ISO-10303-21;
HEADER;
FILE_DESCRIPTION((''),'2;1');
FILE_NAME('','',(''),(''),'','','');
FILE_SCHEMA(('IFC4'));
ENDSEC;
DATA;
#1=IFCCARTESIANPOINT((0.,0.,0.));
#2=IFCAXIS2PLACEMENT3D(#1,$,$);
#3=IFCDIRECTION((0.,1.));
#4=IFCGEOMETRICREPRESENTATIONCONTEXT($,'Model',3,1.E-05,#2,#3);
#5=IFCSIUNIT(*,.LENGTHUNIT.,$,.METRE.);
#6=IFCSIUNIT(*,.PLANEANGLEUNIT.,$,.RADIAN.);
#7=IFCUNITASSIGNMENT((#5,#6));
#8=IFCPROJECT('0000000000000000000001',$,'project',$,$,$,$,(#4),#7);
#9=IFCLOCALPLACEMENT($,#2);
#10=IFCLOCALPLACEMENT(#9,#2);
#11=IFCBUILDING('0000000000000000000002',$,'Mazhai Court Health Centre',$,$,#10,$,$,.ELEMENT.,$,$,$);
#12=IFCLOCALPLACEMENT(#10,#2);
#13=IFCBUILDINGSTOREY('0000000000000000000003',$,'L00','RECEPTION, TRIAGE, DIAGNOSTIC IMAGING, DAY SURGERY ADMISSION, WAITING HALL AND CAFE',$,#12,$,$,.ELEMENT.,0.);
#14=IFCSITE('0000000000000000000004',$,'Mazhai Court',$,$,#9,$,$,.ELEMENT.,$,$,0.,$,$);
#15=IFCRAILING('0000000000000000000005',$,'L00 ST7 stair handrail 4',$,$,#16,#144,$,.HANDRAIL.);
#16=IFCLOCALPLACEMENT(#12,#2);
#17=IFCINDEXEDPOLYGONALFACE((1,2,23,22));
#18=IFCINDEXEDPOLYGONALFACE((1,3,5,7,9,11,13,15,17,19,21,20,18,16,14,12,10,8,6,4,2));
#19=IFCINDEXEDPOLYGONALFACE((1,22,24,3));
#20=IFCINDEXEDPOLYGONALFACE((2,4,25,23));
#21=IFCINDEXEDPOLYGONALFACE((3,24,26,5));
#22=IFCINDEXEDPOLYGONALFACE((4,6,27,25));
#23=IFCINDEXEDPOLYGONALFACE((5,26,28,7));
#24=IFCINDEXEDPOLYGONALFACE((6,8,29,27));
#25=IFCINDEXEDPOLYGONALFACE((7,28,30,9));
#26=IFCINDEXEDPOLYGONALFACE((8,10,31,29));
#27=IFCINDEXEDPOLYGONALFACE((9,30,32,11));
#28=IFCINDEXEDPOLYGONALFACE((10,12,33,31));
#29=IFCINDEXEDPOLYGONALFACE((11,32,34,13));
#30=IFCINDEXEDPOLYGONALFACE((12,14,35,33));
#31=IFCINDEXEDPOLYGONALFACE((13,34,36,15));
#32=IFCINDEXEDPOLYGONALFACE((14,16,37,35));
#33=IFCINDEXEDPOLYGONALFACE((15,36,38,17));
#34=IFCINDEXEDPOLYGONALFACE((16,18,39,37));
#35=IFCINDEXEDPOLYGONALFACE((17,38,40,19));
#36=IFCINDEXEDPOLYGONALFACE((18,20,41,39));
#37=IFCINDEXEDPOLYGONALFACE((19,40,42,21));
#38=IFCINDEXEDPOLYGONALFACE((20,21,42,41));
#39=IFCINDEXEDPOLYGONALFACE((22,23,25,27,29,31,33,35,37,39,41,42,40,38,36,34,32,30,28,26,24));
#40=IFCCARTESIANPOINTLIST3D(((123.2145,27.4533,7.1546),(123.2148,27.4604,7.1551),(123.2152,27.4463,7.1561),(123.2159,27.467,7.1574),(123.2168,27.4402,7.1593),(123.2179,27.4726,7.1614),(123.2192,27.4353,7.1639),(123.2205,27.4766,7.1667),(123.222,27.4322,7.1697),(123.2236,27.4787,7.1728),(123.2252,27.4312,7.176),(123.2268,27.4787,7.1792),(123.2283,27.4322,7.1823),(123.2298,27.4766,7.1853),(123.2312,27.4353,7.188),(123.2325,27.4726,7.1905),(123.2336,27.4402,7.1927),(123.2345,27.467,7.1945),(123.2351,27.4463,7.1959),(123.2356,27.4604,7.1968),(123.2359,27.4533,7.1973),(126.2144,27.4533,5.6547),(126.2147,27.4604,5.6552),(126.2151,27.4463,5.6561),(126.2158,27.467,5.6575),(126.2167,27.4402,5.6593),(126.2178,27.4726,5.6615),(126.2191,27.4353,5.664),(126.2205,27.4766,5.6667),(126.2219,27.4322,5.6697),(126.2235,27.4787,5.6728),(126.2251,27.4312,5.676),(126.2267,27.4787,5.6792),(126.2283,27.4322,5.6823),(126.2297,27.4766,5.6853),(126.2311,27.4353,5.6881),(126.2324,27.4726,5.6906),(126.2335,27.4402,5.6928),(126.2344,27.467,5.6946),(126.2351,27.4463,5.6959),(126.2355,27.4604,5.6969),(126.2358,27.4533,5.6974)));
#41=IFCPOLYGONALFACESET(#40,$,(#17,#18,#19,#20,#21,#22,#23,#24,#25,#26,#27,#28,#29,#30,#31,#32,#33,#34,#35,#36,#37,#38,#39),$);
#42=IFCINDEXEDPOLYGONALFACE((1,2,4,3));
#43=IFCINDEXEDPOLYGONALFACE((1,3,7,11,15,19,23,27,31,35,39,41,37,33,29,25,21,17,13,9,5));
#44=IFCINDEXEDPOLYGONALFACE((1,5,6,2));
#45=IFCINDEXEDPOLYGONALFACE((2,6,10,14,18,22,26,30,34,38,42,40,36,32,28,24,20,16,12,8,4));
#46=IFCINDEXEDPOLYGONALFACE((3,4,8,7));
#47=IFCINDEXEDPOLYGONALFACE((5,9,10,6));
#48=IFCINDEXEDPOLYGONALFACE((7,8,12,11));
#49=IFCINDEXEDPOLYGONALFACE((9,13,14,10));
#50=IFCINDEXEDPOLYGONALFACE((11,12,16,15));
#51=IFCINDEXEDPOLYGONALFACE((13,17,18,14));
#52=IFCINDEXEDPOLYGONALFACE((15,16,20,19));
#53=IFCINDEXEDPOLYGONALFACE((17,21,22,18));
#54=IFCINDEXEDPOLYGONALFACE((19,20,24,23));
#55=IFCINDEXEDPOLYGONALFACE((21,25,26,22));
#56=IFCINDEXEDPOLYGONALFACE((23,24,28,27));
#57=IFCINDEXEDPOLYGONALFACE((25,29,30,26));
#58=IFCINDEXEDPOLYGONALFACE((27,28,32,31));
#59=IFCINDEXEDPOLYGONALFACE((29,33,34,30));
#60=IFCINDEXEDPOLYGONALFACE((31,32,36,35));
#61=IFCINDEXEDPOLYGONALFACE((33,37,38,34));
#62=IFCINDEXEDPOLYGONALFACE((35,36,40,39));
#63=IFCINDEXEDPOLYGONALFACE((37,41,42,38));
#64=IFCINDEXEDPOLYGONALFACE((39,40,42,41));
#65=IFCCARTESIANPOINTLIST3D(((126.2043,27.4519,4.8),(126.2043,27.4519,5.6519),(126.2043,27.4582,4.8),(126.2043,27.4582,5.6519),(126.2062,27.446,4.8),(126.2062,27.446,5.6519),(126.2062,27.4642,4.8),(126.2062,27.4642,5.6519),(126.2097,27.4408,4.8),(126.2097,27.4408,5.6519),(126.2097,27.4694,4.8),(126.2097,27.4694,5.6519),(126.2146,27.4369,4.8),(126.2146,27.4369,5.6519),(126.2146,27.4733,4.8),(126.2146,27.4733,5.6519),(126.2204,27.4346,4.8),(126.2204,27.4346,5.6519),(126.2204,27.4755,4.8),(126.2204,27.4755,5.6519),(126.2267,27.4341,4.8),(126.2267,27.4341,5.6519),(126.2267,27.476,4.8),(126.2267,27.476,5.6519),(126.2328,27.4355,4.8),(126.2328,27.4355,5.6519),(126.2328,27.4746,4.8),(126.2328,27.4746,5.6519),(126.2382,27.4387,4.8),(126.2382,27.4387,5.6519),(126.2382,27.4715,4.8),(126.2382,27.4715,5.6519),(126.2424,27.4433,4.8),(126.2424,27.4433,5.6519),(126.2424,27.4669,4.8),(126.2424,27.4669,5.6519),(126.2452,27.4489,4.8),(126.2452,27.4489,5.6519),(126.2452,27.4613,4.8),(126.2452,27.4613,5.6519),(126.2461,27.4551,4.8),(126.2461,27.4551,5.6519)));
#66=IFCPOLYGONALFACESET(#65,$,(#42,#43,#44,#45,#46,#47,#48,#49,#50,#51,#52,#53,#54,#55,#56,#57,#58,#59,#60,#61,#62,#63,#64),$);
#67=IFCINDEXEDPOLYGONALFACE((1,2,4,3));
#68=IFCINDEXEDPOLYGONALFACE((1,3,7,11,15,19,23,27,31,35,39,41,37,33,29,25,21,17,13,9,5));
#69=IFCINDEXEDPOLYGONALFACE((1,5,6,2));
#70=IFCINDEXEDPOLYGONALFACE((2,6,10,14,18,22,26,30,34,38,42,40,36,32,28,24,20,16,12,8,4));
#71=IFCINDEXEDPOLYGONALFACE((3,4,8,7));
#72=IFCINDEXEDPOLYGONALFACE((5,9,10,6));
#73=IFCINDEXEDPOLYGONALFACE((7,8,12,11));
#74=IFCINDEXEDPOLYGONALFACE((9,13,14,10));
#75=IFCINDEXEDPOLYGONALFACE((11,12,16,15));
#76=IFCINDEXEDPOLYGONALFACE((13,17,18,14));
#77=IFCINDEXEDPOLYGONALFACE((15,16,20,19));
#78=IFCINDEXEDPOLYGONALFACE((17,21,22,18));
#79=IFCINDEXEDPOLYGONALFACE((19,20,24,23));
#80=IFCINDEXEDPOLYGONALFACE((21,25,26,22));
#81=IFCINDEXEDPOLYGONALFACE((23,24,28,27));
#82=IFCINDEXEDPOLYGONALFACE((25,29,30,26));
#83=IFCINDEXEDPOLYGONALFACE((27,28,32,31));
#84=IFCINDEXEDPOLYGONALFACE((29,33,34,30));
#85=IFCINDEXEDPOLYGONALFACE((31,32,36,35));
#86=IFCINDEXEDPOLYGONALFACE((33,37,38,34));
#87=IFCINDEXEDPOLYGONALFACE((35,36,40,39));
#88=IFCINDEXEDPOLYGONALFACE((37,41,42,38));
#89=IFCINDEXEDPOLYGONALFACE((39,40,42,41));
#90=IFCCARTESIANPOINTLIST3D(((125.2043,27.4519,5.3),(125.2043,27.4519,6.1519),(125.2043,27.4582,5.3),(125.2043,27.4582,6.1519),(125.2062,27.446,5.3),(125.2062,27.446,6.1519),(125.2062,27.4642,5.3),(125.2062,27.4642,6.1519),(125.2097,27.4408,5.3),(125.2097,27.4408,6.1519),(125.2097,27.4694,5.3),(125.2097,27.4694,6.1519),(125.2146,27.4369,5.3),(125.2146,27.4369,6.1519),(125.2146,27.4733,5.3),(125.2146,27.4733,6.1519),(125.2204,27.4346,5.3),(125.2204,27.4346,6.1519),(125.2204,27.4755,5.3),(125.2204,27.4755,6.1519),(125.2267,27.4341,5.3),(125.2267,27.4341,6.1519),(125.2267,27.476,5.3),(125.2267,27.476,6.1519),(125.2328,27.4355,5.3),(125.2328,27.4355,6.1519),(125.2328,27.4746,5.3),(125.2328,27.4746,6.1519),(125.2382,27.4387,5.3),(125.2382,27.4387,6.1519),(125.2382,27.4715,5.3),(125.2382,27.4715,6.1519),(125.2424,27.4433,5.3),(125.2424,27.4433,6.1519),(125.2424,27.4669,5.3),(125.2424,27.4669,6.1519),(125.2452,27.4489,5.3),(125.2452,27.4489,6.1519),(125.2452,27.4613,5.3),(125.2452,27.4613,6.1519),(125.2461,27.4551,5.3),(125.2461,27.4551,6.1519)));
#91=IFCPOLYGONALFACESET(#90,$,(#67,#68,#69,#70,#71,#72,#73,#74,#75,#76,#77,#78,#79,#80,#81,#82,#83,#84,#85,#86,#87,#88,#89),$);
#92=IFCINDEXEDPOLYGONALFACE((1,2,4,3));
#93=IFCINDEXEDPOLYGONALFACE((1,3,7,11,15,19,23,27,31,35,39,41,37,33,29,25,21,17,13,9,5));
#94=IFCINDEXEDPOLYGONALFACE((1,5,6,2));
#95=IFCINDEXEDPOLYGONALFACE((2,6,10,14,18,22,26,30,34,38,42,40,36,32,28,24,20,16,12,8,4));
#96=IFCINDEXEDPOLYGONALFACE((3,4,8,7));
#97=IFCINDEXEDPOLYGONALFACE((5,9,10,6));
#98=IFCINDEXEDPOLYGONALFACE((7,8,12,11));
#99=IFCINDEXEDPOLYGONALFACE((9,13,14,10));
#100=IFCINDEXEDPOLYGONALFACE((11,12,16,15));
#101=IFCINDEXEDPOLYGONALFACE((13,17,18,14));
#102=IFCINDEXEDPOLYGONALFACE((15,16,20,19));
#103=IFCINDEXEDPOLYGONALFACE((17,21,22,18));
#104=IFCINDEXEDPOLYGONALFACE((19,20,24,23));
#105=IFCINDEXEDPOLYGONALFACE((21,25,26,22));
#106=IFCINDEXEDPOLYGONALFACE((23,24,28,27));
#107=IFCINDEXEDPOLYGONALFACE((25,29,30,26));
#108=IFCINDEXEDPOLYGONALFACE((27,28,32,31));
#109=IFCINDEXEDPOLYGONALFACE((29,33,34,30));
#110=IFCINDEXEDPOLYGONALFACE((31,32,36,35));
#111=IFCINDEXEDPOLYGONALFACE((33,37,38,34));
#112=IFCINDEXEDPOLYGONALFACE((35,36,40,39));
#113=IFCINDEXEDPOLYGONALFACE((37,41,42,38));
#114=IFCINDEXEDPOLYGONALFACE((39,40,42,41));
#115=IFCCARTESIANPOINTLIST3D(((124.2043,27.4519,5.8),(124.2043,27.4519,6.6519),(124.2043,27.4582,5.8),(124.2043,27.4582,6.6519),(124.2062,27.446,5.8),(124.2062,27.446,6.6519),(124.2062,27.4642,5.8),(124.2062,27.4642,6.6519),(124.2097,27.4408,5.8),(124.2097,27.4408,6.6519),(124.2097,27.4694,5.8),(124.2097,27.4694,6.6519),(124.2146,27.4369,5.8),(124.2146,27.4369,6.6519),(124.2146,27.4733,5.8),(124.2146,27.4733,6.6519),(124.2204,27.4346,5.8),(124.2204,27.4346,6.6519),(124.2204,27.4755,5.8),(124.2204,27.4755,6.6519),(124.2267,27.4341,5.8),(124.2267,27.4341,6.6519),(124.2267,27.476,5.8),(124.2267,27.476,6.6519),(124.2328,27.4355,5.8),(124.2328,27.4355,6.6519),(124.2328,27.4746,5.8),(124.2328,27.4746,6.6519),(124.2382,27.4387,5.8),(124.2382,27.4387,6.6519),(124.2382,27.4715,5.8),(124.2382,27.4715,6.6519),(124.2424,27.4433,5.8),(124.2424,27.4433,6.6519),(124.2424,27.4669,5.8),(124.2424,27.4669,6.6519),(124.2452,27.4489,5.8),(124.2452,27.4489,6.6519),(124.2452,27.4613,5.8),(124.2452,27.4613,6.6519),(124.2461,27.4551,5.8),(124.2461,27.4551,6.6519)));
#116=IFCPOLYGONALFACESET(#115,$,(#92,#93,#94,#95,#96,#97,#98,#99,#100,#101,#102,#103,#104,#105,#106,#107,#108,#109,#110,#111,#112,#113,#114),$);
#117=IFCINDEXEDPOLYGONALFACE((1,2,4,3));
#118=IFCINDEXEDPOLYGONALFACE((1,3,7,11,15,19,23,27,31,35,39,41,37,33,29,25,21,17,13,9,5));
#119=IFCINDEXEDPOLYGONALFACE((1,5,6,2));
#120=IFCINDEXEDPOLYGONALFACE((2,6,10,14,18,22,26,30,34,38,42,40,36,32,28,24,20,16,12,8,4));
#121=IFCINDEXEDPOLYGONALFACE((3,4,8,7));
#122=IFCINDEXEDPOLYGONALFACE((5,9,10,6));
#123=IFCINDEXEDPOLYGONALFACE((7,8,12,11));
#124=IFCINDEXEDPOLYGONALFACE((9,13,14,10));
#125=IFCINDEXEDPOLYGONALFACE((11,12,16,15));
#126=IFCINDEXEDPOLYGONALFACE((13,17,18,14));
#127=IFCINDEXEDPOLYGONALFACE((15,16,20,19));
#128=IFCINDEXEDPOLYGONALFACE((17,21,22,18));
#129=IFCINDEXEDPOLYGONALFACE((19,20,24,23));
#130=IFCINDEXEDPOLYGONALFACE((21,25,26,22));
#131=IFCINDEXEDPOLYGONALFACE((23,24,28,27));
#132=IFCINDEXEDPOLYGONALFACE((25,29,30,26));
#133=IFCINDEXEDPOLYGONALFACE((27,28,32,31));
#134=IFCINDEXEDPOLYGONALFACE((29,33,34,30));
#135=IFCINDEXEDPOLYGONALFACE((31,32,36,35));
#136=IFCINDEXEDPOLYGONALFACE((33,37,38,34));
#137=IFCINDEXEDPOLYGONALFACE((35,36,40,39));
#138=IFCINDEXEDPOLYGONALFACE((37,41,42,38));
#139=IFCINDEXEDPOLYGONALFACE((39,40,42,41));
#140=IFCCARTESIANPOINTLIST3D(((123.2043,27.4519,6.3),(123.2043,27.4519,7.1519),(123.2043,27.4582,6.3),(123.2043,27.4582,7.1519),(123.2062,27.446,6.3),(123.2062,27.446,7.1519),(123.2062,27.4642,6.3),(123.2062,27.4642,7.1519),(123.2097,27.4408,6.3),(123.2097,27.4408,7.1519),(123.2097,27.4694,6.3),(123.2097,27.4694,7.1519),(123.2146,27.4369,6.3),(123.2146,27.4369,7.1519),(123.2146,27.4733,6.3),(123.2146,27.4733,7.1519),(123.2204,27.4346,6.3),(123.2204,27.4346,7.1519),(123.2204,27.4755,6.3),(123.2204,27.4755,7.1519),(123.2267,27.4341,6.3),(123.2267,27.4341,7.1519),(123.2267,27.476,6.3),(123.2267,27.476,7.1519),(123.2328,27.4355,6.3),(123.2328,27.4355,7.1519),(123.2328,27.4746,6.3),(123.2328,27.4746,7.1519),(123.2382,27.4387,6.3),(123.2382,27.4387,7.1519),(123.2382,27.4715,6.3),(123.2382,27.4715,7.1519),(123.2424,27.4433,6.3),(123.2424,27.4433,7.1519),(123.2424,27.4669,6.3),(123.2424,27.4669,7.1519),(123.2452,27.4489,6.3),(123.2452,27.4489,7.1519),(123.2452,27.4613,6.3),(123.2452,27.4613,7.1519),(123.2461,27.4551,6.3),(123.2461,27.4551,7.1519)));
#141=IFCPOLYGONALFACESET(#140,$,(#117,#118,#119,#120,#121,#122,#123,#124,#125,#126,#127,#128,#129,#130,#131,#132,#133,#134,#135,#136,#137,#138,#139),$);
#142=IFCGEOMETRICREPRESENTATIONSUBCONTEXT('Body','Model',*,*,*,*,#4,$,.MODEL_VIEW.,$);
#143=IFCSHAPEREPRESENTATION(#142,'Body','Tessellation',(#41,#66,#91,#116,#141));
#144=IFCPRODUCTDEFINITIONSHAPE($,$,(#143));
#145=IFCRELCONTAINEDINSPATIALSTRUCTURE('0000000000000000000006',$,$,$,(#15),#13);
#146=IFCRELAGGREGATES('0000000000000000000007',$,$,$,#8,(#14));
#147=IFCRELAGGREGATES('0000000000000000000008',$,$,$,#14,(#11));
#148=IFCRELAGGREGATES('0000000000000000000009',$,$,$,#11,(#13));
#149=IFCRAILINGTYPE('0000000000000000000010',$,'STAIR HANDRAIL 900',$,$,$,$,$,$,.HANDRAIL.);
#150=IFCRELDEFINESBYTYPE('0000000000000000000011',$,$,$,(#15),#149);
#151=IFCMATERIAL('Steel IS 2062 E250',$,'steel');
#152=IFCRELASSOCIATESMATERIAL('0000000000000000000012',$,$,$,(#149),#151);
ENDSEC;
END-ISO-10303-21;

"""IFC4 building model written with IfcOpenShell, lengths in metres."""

from ifc_helpers import new_model, si_unit, direction, frame, origin, origin_2d, place, context, subcontext, project, spatial, circle, extrude, material, type_object, element, save


model = new_model("IFC4")

# Units and contexts
model_context = context("Model", 3, precision=1e-05, world=origin(), true_north=direction((0.0, 1.0)))
body_context = subcontext(model_context, "Body", "Model", "MODEL_VIEW")
ifc_project = project(units=[si_unit("LENGTHUNIT", "METRE"), si_unit("PLANEANGLEUNIT", "RADIAN")], contexts=[model_context])

# Site, building, storey
site_placement = place(None, origin())
site = spatial("IfcSite", under=ifc_project, at=site_placement, Name="Mazhai Court", CompositionType="ELEMENT", RefElevation=0.0)
building_placement = place(site_placement, origin())
building = spatial("IfcBuilding", under=site, at=building_placement, Name="Mazhai Court Health Centre", CompositionType="ELEMENT")
storey_placement = place(building_placement, origin())
storey = spatial("IfcBuildingStorey", under=building, at=storey_placement, Name="L00", Description="RECEPTION, TRIAGE, DIAGNOSTIC IMAGING, DAY SURGERY ADMISSION, WAITING HALL AND CAFE", CompositionType="ELEMENT", Elevation=0.0)

# Railing
ifc_material_1 = material(Name="Steel IS 2062 E250", Category="steel")
railing_type_1 = type_object("IfcRailingType", Name="STAIR HANDRAIL 900", PredefinedType="HANDRAIL", material=ifc_material_1)
railing_1_placement = place(storey_placement, frame((126.2251, 27.4551, 4.8)))
element("IfcRailing", 1, at=railing_1_placement, inside=storey, type_object=railing_type_1, Name="L00 ST7 stair handrail 4", PredefinedType="HANDRAIL", context=body_context, shape_type="SweptSolid", body=[
    extrude(circle(Radius=0.0239, at=origin_2d()), frame((0.0, 0.0, 0.876), z_axis=(-0.894427, 0.0, 0.447214), x_axis=(0.0, -1.0, 0.0)), (0.0, 0.0, 1.0), 3.354),
    extrude(circle(Radius=0.021, at=origin_2d()), origin(), (0.0, 0.0, 1.0), 0.8518),
    extrude(circle(Radius=0.021, at=origin_2d()), frame((-1.0, 0.0, 0.5)), (0.0, 0.0, 1.0), 0.8518),
    extrude(circle(Radius=0.021, at=origin_2d()), frame((-2.0, 0.0, 1.0)), (0.0, 0.0, 1.0), 0.8518),
    extrude(circle(Radius=0.021, at=origin_2d()), frame((-3.0, 0.0, 1.5)), (0.0, 0.0, 1.0), 0.8518),
])

save(model, "model.ifc")
